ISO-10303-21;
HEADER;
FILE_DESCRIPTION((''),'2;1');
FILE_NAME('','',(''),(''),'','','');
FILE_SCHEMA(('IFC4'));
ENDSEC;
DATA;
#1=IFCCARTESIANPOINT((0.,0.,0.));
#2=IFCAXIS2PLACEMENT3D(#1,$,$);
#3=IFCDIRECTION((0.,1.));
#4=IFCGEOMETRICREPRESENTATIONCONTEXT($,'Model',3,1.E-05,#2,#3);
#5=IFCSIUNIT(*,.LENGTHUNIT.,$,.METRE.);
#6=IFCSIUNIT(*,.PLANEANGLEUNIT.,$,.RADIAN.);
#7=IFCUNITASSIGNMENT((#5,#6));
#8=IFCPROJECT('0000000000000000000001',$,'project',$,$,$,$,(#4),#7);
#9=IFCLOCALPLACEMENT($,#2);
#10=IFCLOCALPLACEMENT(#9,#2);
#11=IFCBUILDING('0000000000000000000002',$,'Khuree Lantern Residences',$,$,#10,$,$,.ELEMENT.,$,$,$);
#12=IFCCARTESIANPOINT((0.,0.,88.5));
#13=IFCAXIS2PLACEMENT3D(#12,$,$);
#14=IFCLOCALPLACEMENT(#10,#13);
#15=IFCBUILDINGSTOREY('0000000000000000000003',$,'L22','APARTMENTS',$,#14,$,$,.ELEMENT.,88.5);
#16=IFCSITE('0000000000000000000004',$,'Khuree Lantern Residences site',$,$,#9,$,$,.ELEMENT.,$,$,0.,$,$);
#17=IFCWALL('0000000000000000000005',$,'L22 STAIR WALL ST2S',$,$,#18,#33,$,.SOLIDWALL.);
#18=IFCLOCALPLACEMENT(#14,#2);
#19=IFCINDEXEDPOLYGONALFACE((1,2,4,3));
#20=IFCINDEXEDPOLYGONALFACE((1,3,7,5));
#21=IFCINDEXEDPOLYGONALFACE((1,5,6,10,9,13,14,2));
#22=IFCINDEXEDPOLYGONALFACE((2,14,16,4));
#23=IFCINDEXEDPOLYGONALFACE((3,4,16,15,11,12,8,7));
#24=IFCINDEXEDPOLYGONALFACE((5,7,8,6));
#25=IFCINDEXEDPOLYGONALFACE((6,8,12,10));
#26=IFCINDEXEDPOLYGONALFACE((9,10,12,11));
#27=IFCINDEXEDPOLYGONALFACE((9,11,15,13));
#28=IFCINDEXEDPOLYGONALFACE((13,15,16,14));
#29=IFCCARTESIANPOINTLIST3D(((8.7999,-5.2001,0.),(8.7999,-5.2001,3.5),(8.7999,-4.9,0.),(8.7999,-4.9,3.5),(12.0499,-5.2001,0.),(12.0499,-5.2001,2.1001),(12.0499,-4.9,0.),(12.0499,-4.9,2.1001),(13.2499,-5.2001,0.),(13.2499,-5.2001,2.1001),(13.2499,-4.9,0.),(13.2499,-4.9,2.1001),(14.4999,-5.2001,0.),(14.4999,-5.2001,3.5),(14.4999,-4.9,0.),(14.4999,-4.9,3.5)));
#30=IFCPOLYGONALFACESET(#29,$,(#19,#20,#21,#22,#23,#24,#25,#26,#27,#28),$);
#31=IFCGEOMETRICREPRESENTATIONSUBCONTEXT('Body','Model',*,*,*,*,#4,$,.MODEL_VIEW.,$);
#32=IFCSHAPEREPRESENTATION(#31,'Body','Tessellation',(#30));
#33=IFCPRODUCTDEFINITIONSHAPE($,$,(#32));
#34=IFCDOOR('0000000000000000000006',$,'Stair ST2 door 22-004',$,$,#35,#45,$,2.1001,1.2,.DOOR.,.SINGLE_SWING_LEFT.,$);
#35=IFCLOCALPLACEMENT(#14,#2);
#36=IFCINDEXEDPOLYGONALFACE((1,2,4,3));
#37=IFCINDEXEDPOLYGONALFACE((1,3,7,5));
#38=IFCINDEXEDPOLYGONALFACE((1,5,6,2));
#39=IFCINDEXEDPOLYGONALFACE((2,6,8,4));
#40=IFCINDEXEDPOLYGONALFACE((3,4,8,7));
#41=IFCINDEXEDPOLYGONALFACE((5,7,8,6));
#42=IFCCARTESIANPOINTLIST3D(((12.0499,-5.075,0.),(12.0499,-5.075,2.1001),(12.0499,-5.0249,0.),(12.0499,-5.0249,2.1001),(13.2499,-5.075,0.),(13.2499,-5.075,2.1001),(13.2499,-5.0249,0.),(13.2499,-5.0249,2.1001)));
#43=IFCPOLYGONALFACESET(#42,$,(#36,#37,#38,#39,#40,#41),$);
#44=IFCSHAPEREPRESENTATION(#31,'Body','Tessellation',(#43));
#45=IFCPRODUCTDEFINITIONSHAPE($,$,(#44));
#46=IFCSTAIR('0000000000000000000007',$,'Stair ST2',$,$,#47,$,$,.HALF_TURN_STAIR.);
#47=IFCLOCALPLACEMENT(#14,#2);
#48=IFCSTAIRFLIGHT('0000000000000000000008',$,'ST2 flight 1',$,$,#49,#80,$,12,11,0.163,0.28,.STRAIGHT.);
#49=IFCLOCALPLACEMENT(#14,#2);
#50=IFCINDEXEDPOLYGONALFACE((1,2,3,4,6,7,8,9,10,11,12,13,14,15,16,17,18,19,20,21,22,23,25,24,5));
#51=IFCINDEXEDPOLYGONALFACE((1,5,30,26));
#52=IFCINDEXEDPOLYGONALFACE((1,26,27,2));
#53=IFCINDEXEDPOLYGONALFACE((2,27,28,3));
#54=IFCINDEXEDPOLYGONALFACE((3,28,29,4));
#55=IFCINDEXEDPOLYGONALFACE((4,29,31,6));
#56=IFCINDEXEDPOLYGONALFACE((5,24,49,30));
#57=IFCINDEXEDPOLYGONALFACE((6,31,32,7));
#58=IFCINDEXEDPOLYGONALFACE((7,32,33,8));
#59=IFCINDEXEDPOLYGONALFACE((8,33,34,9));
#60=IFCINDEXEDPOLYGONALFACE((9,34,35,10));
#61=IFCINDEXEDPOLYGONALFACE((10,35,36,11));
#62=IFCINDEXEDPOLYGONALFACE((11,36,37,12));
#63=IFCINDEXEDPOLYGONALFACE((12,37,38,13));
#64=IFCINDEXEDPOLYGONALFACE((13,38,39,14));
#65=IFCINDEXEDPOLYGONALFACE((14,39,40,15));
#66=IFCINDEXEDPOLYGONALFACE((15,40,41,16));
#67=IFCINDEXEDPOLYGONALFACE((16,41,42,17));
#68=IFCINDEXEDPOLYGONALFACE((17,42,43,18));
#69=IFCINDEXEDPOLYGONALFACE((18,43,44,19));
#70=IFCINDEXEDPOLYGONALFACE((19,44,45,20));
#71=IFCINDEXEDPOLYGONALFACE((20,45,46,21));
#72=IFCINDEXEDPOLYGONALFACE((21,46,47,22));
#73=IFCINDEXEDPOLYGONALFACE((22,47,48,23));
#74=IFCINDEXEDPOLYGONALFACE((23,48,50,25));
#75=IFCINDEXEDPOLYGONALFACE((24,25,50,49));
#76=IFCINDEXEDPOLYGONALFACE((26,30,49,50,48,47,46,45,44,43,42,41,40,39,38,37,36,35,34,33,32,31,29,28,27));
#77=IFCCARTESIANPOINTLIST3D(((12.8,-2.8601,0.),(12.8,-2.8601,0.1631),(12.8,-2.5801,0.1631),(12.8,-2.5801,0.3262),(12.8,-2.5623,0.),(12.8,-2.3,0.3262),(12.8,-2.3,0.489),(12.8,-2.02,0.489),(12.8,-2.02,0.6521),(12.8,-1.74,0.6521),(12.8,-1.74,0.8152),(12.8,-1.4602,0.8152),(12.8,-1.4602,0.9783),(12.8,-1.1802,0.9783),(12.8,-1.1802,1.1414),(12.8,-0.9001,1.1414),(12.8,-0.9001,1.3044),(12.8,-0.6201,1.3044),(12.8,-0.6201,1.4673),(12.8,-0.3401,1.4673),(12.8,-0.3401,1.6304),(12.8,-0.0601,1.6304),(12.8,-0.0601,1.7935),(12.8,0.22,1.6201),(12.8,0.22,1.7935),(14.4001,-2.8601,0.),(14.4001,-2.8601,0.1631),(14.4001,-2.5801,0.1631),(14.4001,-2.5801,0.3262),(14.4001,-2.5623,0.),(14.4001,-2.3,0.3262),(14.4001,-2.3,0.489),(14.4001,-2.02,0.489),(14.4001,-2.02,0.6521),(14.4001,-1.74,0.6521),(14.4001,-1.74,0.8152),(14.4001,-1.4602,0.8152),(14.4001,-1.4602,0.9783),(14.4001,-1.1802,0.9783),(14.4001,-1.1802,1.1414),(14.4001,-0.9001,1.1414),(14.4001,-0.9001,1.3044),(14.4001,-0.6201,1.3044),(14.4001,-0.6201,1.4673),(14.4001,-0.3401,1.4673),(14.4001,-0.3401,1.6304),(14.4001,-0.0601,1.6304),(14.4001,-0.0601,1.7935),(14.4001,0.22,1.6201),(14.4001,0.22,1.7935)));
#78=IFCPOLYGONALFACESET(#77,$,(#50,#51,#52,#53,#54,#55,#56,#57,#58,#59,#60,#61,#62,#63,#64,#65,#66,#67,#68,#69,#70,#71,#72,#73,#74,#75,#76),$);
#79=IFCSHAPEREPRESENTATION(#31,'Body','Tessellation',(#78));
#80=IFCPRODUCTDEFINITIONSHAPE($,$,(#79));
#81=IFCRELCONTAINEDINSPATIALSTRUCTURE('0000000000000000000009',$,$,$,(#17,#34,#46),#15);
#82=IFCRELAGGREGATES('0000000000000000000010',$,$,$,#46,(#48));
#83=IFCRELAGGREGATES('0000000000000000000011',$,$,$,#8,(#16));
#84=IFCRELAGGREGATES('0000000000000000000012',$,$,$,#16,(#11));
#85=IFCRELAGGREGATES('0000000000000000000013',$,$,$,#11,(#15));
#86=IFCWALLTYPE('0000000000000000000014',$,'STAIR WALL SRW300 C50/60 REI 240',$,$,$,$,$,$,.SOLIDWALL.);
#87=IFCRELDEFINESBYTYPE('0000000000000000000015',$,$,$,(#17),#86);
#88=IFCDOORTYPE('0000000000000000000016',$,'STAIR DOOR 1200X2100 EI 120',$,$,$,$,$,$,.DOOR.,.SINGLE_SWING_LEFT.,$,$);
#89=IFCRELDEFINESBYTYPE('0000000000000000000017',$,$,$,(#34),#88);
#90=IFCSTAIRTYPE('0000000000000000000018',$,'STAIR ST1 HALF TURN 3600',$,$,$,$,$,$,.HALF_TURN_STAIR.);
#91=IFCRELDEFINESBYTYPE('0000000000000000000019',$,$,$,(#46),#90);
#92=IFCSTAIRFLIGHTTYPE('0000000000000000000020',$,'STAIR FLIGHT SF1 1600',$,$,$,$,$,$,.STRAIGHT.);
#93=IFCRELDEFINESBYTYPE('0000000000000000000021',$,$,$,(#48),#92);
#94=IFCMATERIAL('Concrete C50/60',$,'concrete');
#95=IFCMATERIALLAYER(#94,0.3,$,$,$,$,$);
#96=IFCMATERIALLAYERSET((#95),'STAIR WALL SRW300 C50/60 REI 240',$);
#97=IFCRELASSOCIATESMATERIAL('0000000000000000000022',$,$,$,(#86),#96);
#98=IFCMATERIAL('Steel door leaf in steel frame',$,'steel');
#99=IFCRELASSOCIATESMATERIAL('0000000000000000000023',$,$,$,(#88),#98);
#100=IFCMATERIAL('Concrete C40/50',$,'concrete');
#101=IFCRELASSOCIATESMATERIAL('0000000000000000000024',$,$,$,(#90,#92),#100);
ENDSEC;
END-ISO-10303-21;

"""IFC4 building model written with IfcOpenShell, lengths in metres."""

from ifc_helpers import new_model, si_unit, direction, frame, frame_2d, origin, place, context, subcontext, project, spatial, polyline, rectangle, outline, extrude, material, layer, layer_set, type_object, element, fill, aggregate, save


model = new_model("IFC4")

# Units and contexts
model_context = context("Model", 3, precision=1e-05, world=origin(), true_north=direction((0.0, 1.0)))
body_context = subcontext(model_context, "Body", "Model", "MODEL_VIEW")
ifc_project = project(units=[si_unit("LENGTHUNIT", "METRE"), si_unit("PLANEANGLEUNIT", "RADIAN")], contexts=[model_context])

# Site, building, storey
site_placement = place(None, origin())
site = spatial("IfcSite", under=ifc_project, at=site_placement, Name="Khuree Lantern Residences site", CompositionType="ELEMENT", RefElevation=0.0)
building_placement = place(site_placement, origin())
building = spatial("IfcBuilding", under=site, at=building_placement, Name="Khuree Lantern Residences", CompositionType="ELEMENT")
storey_placement = place(building_placement, frame((0.0, 0.0, 88.5)))
storey = spatial("IfcBuildingStorey", under=building, at=storey_placement, Name="L22", Description="APARTMENTS", CompositionType="ELEMENT", Elevation=88.5)

# Shared definitions
ifc_material_1 = material(Name="Steel door leaf in steel frame", Category="steel")

# Shared definitions
ifc_material_2 = material(Name="Concrete C50/60", Category="concrete")
ifc_layer_1 = layer(ifc_material_2, 0.3)
ifc_layer_set_1 = layer_set([ifc_layer_1], Name="STAIR WALL SRW300 C50/60 REI 240")
wall_type_1 = type_object("IfcWallType", Name="STAIR WALL SRW300 C50/60 REI 240", PredefinedType="SOLIDWALL", material=ifc_layer_set_1)

# Wall, opening, door
wall_1_placement = place(storey_placement, frame((14.5, -5.05, 0.0), z_axis=(0.0, 0.0, 1.0), x_axis=(-1.0, 0.0, 0.0)))
wall_1 = element("IfcWall", 1, at=wall_1_placement, inside=storey, type_object=wall_type_1, Name="L22 STAIR WALL ST2S", PredefinedType="SOLIDWALL", context=body_context, shape_type="SweptSolid", body=[
    extrude(rectangle(XDim=5.7, YDim=0.3, at=frame_2d((2.8501, 0.0))), origin(), (0.0, 0.0, 1.0), 3.5),
])
opening_1_placement = place(wall_1_placement, frame((1.25, 0.0, 0.0)))
opening_1 = element("IfcOpeningElement", 2, at=opening_1_placement, cuts=wall_1, PredefinedType="OPENING", context=body_context, shape_type="SweptSolid", body=[
    extrude(rectangle(XDim=1.2, YDim=2.1001, at=frame_2d((0.6001, 1.05))), frame((0.0, 0.1602, 0.0), z_axis=(0.0, -1.0, 0.0), x_axis=(1.0, 0.0, 0.0)), (0.0, 0.0, 1.0), 0.3201),
])
door_type_1 = type_object("IfcDoorType", Name="STAIR DOOR 1200X2100 EI 120", OperationType="SINGLE_SWING_LEFT", PredefinedType="DOOR", material=ifc_material_1)
door_1_placement = place(opening_1_placement, origin())
door_1 = element("IfcDoor", 3, at=door_1_placement, inside=storey, type_object=door_type_1, Name="Stair ST2 door 22-004", OperationType="SINGLE_SWING_LEFT", OverallHeight=2.1001, OverallWidth=1.2, PredefinedType="DOOR", context=body_context, shape_type="SweptSolid", body=[
    extrude(rectangle(XDim=1.2, YDim=2.1001, at=frame_2d((0.6001, 1.05))), frame((0.0, 0.0249, 0.0), z_axis=(0.0, -1.0, 0.0), x_axis=(1.0, 0.0, 0.0)), (0.0, 0.0, 1.0), 0.05),
])
fill(opening_1, door_1)

# Stair, stair flight
ifc_material_3 = material(Name="Concrete C40/50", Category="concrete")
stair_type = type_object("IfcStairType", Name="STAIR ST1 HALF TURN 3600", PredefinedType="HALF_TURN_STAIR", material=ifc_material_3)
stair_placement = place(storey_placement, origin())
stair = element("IfcStair", 4, at=stair_placement, inside=storey, type_object=stair_type, Name="Stair ST2", PredefinedType="HALF_TURN_STAIR")
stair_flight_type = type_object("IfcStairFlightType", Name="STAIR FLIGHT SF1 1600", PredefinedType="STRAIGHT", material=ifc_material_3)
stair_flight_placement = place(storey_placement, frame((13.6001, -2.8601, 0.0), z_axis=(0.0, 0.0, 1.0), x_axis=(0.0, 1.0, 0.0)))
stair_flight = element("IfcStairFlight", 5, at=stair_flight_placement, type_object=stair_flight_type, Name="ST2 flight 1", NumberOfRisers=12, NumberOfTreads=11, PredefinedType="STRAIGHT", RiserHeight=0.163, TreadLength=0.28, context=body_context, shape_type="SweptSolid", body=[
    extrude(outline(polyline([(0.0, 0.0), (0.0, 0.1631), (0.28, 0.1631), (0.28, 0.3262), (0.5601, 0.3262), (0.5601, 0.489), (0.8401, 0.489), (0.8401, 0.6521), (1.1201, 0.6521), (1.1201, 0.8152), (1.3999, 0.8152), (1.3999, 0.9783), (1.6799, 0.9783), (1.6799, 1.1414), (1.96, 1.1414), (1.96, 1.3044), (2.24, 1.3044), (2.24, 1.4673), (2.52, 1.4673), (2.52, 1.6304), (2.8, 1.6304), (2.8, 1.7935), (3.0801, 1.7935), (3.0801, 1.9565), (3.0801, 1.6201), (0.2979, 0.0), (0.0, 0.0)])), frame((0.0, 0.8, 0.0), z_axis=(0.0, -1.0, 0.0), x_axis=(1.0, 0.0, 0.0)), (0.0, 0.0, 1.0), 1.6001),
])
aggregate(stair, [stair_flight])

save(model, "model.ifc")
